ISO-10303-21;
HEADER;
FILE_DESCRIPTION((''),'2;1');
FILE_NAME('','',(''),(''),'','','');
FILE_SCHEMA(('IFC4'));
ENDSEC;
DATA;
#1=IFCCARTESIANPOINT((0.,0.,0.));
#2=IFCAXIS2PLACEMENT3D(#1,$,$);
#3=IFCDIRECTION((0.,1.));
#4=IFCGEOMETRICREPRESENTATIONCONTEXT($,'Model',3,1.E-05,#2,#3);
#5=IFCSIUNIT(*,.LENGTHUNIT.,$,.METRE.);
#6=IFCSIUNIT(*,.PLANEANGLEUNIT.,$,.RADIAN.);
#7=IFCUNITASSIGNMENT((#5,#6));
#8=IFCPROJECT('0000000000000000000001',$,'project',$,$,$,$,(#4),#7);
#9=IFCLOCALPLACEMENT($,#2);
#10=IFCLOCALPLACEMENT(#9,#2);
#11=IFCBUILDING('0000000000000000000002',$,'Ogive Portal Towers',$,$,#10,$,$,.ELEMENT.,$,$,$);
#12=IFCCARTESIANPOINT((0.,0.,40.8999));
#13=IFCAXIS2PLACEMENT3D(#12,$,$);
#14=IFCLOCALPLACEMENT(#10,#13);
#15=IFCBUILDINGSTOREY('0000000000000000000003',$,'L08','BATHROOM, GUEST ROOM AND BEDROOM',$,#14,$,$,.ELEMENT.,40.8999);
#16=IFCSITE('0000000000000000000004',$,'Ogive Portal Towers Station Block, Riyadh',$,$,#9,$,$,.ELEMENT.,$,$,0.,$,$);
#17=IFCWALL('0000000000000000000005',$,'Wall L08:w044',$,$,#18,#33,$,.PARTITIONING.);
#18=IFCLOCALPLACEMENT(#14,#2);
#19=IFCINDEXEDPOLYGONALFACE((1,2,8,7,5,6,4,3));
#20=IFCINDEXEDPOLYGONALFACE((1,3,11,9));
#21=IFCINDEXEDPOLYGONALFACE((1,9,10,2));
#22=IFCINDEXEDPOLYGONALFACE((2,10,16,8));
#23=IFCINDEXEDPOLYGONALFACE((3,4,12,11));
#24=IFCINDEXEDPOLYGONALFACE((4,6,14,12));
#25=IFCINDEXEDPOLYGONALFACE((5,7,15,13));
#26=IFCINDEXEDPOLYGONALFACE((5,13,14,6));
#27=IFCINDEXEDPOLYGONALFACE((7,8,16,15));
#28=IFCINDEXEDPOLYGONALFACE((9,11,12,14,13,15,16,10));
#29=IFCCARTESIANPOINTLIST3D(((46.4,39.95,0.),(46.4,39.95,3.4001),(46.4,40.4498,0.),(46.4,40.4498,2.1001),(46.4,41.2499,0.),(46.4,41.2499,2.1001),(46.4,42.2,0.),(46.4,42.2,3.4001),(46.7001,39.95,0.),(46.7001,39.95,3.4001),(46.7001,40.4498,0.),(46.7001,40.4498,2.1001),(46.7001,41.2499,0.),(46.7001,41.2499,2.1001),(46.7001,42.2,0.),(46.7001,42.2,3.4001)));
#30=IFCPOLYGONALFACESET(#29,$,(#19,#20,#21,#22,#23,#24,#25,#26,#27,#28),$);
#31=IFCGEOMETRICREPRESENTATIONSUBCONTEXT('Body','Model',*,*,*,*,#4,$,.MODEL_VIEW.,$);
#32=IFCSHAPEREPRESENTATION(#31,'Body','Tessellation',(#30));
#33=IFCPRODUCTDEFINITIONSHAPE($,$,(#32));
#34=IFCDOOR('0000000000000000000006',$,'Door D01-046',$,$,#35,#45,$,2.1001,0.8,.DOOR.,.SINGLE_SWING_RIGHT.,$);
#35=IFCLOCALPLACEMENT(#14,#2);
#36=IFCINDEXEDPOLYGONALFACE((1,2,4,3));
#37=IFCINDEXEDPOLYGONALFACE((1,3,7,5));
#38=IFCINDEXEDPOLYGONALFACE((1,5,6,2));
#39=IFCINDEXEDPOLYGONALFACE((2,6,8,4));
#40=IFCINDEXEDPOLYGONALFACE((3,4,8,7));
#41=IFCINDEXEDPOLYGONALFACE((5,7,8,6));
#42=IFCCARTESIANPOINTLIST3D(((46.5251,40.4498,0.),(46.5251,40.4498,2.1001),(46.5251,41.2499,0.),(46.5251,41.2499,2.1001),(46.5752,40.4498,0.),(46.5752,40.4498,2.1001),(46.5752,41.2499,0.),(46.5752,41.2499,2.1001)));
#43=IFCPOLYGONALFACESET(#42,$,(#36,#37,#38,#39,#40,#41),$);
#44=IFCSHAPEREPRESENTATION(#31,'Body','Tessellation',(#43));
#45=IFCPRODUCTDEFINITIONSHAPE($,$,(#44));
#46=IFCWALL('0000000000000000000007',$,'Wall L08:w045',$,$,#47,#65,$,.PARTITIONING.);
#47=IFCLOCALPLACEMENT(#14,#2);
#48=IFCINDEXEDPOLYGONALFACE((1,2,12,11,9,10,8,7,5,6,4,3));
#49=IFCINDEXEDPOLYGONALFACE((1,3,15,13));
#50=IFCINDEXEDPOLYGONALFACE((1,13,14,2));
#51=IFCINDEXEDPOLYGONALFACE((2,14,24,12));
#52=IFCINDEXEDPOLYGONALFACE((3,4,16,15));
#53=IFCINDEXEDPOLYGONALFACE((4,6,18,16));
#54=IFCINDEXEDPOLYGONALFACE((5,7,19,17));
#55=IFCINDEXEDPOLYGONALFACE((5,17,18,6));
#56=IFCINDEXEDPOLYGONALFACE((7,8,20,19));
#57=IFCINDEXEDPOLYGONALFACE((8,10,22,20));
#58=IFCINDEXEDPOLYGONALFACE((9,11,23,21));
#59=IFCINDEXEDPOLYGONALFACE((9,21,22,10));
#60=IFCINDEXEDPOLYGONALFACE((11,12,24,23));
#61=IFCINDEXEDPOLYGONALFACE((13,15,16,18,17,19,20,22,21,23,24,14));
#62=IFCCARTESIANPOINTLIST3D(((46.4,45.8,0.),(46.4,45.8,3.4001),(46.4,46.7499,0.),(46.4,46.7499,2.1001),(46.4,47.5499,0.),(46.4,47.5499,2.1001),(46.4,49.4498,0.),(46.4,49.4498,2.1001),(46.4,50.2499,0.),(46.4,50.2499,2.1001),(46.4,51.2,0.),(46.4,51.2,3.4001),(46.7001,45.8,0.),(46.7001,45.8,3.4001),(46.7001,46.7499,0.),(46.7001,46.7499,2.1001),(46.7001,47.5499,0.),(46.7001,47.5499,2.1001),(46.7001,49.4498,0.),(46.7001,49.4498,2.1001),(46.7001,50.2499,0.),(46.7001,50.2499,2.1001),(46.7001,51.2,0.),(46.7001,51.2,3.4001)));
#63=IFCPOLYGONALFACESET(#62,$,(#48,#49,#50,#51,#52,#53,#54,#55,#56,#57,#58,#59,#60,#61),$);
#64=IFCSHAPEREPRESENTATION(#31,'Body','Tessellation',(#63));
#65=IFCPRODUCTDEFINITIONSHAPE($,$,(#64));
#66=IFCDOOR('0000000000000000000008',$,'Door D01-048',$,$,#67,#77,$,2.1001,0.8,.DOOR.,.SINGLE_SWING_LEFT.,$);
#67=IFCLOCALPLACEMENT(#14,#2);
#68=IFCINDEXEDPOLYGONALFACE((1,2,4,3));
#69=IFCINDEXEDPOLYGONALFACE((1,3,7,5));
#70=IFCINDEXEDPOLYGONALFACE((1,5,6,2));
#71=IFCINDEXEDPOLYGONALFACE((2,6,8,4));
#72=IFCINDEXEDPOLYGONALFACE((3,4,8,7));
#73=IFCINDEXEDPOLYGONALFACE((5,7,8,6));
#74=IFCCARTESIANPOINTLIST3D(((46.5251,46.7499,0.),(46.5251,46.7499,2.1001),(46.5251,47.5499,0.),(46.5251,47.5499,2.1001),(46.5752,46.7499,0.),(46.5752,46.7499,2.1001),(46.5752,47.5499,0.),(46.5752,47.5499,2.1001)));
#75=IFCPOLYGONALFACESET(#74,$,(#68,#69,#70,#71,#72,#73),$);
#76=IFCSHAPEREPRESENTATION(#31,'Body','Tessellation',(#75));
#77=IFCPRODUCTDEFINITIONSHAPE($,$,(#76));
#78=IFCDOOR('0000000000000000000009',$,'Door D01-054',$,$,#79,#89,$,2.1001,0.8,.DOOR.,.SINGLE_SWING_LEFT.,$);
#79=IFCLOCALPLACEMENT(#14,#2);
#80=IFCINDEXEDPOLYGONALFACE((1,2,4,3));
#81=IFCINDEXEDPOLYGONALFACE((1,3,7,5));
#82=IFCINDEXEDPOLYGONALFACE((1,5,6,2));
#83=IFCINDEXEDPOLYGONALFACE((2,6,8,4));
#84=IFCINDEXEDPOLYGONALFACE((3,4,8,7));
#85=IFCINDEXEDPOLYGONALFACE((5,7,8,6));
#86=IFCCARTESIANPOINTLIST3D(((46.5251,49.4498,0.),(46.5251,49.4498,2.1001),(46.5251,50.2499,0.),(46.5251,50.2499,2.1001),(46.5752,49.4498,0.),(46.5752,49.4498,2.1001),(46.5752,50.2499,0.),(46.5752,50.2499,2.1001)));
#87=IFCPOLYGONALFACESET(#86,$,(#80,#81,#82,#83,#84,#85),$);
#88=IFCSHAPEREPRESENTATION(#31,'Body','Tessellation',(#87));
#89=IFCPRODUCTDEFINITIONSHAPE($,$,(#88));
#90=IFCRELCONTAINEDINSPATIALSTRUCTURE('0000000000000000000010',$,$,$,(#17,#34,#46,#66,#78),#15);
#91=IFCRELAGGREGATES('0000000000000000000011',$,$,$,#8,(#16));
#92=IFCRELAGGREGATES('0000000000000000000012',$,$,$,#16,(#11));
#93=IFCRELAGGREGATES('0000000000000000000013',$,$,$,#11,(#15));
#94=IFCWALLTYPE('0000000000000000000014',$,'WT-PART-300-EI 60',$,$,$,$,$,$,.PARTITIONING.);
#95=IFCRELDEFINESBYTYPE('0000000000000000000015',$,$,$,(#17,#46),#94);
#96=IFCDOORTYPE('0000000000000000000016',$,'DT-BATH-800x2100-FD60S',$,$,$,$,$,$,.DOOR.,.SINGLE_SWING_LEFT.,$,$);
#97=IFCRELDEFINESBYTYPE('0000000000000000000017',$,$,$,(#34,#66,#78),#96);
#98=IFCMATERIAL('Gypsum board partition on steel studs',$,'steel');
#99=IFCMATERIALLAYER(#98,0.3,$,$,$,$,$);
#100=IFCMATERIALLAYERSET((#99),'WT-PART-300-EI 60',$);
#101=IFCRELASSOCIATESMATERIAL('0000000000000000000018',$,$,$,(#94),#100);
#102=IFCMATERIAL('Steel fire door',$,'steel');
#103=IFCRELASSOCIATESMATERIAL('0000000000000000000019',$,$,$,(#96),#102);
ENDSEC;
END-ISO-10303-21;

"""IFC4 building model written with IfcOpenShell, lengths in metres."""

from ifc_helpers import new_model, si_unit, direction, frame, frame_2d, origin, place, context, subcontext, project, spatial, rectangle, extrude, material, layer, layer_set, type_object, element, fill, save


model = new_model("IFC4")

# Units and contexts
model_context = context("Model", 3, precision=1e-05, world=origin(), true_north=direction((0.0, 1.0)))
body_context = subcontext(model_context, "Body", "Model", "MODEL_VIEW")
ifc_project = project(units=[si_unit("LENGTHUNIT", "METRE"), si_unit("PLANEANGLEUNIT", "RADIAN")], contexts=[model_context])

# Site, building, storey
site_placement = place(None, origin())
site = spatial("IfcSite", under=ifc_project, at=site_placement, Name="Ogive Portal Towers Station Block, Riyadh", CompositionType="ELEMENT", RefElevation=0.0)
building_placement = place(site_placement, origin())
building = spatial("IfcBuilding", under=site, at=building_placement, Name="Ogive Portal Towers", CompositionType="ELEMENT")
storey_placement = place(building_placement, frame((0.0, 0.0, 40.8999)))
storey = spatial("IfcBuildingStorey", under=building, at=storey_placement, Name="L08", Description="BATHROOM, GUEST ROOM AND BEDROOM", CompositionType="ELEMENT", Elevation=40.8999)

# Wall, opening, door
ifc_material_1 = material(Name="Gypsum board partition on steel studs", Category="steel")
ifc_layer_1 = layer(ifc_material_1, 0.3)
ifc_layer_set_1 = layer_set([ifc_layer_1], Name="WT-PART-300-EI 60")
wall_type_1 = type_object("IfcWallType", Name="WT-PART-300-EI 60", PredefinedType="PARTITIONING", material=ifc_layer_set_1)
wall_1_placement = place(storey_placement, frame((46.55, 39.95, 0.0), z_axis=(0.0, 0.0, 1.0), x_axis=(0.0, 1.0, 0.0)))
wall_1 = element("IfcWall", 1, at=wall_1_placement, inside=storey, type_object=wall_type_1, Name="Wall L08:w044", PredefinedType="PARTITIONING", context=body_context, shape_type="SweptSolid", body=[
    extrude(rectangle(XDim=2.25, YDim=0.3, at=frame_2d((1.125, 0.0))), origin(), (0.0, 0.0, 1.0), 3.4001),
])
opening_1_placement = place(wall_1_placement, frame((0.5, 0.0, 0.0)))
opening_1 = element("IfcOpeningElement", 2, at=opening_1_placement, cuts=wall_1, PredefinedType="OPENING", context=body_context, shape_type="SweptSolid", body=[
    extrude(rectangle(XDim=0.8, YDim=2.1001, at=frame_2d((0.3999, 1.05))), frame((0.0, 0.1602, 0.0), z_axis=(0.0, -1.0, 0.0), x_axis=(1.0, 0.0, 0.0)), (0.0, 0.0, 1.0), 0.3201),
])
ifc_material_2 = material(Name="Steel fire door", Category="steel")
door_type = type_object("IfcDoorType", Name="DT-BATH-800x2100-FD60S", OperationType="SINGLE_SWING_LEFT", PredefinedType="DOOR", material=ifc_material_2)
door_1_placement = place(opening_1_placement, origin())
door_1 = element("IfcDoor", 3, at=door_1_placement, inside=storey, type_object=door_type, Name="Door D01-046", OperationType="SINGLE_SWING_RIGHT", OverallHeight=2.1001, OverallWidth=0.8, PredefinedType="DOOR", context=body_context, shape_type="SweptSolid", body=[
    extrude(rectangle(XDim=0.8, YDim=2.1001, at=frame_2d((0.3999, 1.05))), frame((0.0, 0.0249, 0.0), z_axis=(0.0, -1.0, 0.0), x_axis=(1.0, 0.0, 0.0)), (0.0, 0.0, 1.0), 0.05),
])
fill(opening_1, door_1)

# Wall, openings, doors
wall_2_placement = place(storey_placement, frame((46.55, 45.8, 0.0), z_axis=(0.0, 0.0, 1.0), x_axis=(0.0, 1.0, 0.0)))
wall_2 = element("IfcWall", 4, at=wall_2_placement, inside=storey, type_object=wall_type_1, Name="Wall L08:w045", PredefinedType="PARTITIONING", context=body_context, shape_type="SweptSolid", body=[
    extrude(rectangle(XDim=5.3999, YDim=0.3, at=frame_2d((2.7, 0.0))), origin(), (0.0, 0.0, 1.0), 3.4001),
])
opening_2_placement = place(wall_2_placement, frame((0.95, 0.0, 0.0)))
opening_2 = element("IfcOpeningElement", 5, at=opening_2_placement, cuts=wall_2, PredefinedType="OPENING", context=body_context, shape_type="SweptSolid", body=[
    extrude(rectangle(XDim=0.8, YDim=2.1001, at=frame_2d((0.3999, 1.05))), frame((0.0, 0.1602, 0.0), z_axis=(0.0, -1.0, 0.0), x_axis=(1.0, 0.0, 0.0)), (0.0, 0.0, 1.0), 0.3201),
])
opening_3_placement = place(wall_2_placement, frame((3.6499, 0.0, 0.0)))
opening_3 = element("IfcOpeningElement", 6, at=opening_3_placement, cuts=wall_2, PredefinedType="OPENING", context=body_context, shape_type="SweptSolid", body=[
    extrude(rectangle(XDim=0.8, YDim=2.1001, at=frame_2d((0.3999, 1.05))), frame((0.0, 0.1602, 0.0), z_axis=(0.0, -1.0, 0.0), x_axis=(1.0, 0.0, 0.0)), (0.0, 0.0, 1.0), 0.3201),
])
door_2_placement = place(opening_2_placement, origin())
door_2 = element("IfcDoor", 7, at=door_2_placement, inside=storey, type_object=door_type, Name="Door D01-048", OperationType="SINGLE_SWING_LEFT", OverallHeight=2.1001, OverallWidth=0.8, PredefinedType="DOOR", context=body_context, shape_type="SweptSolid", body=[
    extrude(rectangle(XDim=0.8, YDim=2.1001, at=frame_2d((0.3999, 1.05))), frame((0.0, 0.0249, 0.0), z_axis=(0.0, -1.0, 0.0), x_axis=(1.0, 0.0, 0.0)), (0.0, 0.0, 1.0), 0.05),
])
fill(opening_2, door_2)
door_3_placement = place(opening_3_placement, origin())
door_3 = element("IfcDoor", 8, at=door_3_placement, inside=storey, type_object=door_type, Name="Door D01-054", OperationType="SINGLE_SWING_LEFT", OverallHeight=2.1001, OverallWidth=0.8, PredefinedType="DOOR", context=body_context, shape_type="SweptSolid", body=[
    extrude(rectangle(XDim=0.8, YDim=2.1001, at=frame_2d((0.3999, 1.05))), frame((0.0, 0.0249, 0.0), z_axis=(0.0, -1.0, 0.0), x_axis=(1.0, 0.0, 0.0)), (0.0, 0.0, 1.0), 0.05),
])
fill(opening_3, door_3)

save(model, "model.ifc")
